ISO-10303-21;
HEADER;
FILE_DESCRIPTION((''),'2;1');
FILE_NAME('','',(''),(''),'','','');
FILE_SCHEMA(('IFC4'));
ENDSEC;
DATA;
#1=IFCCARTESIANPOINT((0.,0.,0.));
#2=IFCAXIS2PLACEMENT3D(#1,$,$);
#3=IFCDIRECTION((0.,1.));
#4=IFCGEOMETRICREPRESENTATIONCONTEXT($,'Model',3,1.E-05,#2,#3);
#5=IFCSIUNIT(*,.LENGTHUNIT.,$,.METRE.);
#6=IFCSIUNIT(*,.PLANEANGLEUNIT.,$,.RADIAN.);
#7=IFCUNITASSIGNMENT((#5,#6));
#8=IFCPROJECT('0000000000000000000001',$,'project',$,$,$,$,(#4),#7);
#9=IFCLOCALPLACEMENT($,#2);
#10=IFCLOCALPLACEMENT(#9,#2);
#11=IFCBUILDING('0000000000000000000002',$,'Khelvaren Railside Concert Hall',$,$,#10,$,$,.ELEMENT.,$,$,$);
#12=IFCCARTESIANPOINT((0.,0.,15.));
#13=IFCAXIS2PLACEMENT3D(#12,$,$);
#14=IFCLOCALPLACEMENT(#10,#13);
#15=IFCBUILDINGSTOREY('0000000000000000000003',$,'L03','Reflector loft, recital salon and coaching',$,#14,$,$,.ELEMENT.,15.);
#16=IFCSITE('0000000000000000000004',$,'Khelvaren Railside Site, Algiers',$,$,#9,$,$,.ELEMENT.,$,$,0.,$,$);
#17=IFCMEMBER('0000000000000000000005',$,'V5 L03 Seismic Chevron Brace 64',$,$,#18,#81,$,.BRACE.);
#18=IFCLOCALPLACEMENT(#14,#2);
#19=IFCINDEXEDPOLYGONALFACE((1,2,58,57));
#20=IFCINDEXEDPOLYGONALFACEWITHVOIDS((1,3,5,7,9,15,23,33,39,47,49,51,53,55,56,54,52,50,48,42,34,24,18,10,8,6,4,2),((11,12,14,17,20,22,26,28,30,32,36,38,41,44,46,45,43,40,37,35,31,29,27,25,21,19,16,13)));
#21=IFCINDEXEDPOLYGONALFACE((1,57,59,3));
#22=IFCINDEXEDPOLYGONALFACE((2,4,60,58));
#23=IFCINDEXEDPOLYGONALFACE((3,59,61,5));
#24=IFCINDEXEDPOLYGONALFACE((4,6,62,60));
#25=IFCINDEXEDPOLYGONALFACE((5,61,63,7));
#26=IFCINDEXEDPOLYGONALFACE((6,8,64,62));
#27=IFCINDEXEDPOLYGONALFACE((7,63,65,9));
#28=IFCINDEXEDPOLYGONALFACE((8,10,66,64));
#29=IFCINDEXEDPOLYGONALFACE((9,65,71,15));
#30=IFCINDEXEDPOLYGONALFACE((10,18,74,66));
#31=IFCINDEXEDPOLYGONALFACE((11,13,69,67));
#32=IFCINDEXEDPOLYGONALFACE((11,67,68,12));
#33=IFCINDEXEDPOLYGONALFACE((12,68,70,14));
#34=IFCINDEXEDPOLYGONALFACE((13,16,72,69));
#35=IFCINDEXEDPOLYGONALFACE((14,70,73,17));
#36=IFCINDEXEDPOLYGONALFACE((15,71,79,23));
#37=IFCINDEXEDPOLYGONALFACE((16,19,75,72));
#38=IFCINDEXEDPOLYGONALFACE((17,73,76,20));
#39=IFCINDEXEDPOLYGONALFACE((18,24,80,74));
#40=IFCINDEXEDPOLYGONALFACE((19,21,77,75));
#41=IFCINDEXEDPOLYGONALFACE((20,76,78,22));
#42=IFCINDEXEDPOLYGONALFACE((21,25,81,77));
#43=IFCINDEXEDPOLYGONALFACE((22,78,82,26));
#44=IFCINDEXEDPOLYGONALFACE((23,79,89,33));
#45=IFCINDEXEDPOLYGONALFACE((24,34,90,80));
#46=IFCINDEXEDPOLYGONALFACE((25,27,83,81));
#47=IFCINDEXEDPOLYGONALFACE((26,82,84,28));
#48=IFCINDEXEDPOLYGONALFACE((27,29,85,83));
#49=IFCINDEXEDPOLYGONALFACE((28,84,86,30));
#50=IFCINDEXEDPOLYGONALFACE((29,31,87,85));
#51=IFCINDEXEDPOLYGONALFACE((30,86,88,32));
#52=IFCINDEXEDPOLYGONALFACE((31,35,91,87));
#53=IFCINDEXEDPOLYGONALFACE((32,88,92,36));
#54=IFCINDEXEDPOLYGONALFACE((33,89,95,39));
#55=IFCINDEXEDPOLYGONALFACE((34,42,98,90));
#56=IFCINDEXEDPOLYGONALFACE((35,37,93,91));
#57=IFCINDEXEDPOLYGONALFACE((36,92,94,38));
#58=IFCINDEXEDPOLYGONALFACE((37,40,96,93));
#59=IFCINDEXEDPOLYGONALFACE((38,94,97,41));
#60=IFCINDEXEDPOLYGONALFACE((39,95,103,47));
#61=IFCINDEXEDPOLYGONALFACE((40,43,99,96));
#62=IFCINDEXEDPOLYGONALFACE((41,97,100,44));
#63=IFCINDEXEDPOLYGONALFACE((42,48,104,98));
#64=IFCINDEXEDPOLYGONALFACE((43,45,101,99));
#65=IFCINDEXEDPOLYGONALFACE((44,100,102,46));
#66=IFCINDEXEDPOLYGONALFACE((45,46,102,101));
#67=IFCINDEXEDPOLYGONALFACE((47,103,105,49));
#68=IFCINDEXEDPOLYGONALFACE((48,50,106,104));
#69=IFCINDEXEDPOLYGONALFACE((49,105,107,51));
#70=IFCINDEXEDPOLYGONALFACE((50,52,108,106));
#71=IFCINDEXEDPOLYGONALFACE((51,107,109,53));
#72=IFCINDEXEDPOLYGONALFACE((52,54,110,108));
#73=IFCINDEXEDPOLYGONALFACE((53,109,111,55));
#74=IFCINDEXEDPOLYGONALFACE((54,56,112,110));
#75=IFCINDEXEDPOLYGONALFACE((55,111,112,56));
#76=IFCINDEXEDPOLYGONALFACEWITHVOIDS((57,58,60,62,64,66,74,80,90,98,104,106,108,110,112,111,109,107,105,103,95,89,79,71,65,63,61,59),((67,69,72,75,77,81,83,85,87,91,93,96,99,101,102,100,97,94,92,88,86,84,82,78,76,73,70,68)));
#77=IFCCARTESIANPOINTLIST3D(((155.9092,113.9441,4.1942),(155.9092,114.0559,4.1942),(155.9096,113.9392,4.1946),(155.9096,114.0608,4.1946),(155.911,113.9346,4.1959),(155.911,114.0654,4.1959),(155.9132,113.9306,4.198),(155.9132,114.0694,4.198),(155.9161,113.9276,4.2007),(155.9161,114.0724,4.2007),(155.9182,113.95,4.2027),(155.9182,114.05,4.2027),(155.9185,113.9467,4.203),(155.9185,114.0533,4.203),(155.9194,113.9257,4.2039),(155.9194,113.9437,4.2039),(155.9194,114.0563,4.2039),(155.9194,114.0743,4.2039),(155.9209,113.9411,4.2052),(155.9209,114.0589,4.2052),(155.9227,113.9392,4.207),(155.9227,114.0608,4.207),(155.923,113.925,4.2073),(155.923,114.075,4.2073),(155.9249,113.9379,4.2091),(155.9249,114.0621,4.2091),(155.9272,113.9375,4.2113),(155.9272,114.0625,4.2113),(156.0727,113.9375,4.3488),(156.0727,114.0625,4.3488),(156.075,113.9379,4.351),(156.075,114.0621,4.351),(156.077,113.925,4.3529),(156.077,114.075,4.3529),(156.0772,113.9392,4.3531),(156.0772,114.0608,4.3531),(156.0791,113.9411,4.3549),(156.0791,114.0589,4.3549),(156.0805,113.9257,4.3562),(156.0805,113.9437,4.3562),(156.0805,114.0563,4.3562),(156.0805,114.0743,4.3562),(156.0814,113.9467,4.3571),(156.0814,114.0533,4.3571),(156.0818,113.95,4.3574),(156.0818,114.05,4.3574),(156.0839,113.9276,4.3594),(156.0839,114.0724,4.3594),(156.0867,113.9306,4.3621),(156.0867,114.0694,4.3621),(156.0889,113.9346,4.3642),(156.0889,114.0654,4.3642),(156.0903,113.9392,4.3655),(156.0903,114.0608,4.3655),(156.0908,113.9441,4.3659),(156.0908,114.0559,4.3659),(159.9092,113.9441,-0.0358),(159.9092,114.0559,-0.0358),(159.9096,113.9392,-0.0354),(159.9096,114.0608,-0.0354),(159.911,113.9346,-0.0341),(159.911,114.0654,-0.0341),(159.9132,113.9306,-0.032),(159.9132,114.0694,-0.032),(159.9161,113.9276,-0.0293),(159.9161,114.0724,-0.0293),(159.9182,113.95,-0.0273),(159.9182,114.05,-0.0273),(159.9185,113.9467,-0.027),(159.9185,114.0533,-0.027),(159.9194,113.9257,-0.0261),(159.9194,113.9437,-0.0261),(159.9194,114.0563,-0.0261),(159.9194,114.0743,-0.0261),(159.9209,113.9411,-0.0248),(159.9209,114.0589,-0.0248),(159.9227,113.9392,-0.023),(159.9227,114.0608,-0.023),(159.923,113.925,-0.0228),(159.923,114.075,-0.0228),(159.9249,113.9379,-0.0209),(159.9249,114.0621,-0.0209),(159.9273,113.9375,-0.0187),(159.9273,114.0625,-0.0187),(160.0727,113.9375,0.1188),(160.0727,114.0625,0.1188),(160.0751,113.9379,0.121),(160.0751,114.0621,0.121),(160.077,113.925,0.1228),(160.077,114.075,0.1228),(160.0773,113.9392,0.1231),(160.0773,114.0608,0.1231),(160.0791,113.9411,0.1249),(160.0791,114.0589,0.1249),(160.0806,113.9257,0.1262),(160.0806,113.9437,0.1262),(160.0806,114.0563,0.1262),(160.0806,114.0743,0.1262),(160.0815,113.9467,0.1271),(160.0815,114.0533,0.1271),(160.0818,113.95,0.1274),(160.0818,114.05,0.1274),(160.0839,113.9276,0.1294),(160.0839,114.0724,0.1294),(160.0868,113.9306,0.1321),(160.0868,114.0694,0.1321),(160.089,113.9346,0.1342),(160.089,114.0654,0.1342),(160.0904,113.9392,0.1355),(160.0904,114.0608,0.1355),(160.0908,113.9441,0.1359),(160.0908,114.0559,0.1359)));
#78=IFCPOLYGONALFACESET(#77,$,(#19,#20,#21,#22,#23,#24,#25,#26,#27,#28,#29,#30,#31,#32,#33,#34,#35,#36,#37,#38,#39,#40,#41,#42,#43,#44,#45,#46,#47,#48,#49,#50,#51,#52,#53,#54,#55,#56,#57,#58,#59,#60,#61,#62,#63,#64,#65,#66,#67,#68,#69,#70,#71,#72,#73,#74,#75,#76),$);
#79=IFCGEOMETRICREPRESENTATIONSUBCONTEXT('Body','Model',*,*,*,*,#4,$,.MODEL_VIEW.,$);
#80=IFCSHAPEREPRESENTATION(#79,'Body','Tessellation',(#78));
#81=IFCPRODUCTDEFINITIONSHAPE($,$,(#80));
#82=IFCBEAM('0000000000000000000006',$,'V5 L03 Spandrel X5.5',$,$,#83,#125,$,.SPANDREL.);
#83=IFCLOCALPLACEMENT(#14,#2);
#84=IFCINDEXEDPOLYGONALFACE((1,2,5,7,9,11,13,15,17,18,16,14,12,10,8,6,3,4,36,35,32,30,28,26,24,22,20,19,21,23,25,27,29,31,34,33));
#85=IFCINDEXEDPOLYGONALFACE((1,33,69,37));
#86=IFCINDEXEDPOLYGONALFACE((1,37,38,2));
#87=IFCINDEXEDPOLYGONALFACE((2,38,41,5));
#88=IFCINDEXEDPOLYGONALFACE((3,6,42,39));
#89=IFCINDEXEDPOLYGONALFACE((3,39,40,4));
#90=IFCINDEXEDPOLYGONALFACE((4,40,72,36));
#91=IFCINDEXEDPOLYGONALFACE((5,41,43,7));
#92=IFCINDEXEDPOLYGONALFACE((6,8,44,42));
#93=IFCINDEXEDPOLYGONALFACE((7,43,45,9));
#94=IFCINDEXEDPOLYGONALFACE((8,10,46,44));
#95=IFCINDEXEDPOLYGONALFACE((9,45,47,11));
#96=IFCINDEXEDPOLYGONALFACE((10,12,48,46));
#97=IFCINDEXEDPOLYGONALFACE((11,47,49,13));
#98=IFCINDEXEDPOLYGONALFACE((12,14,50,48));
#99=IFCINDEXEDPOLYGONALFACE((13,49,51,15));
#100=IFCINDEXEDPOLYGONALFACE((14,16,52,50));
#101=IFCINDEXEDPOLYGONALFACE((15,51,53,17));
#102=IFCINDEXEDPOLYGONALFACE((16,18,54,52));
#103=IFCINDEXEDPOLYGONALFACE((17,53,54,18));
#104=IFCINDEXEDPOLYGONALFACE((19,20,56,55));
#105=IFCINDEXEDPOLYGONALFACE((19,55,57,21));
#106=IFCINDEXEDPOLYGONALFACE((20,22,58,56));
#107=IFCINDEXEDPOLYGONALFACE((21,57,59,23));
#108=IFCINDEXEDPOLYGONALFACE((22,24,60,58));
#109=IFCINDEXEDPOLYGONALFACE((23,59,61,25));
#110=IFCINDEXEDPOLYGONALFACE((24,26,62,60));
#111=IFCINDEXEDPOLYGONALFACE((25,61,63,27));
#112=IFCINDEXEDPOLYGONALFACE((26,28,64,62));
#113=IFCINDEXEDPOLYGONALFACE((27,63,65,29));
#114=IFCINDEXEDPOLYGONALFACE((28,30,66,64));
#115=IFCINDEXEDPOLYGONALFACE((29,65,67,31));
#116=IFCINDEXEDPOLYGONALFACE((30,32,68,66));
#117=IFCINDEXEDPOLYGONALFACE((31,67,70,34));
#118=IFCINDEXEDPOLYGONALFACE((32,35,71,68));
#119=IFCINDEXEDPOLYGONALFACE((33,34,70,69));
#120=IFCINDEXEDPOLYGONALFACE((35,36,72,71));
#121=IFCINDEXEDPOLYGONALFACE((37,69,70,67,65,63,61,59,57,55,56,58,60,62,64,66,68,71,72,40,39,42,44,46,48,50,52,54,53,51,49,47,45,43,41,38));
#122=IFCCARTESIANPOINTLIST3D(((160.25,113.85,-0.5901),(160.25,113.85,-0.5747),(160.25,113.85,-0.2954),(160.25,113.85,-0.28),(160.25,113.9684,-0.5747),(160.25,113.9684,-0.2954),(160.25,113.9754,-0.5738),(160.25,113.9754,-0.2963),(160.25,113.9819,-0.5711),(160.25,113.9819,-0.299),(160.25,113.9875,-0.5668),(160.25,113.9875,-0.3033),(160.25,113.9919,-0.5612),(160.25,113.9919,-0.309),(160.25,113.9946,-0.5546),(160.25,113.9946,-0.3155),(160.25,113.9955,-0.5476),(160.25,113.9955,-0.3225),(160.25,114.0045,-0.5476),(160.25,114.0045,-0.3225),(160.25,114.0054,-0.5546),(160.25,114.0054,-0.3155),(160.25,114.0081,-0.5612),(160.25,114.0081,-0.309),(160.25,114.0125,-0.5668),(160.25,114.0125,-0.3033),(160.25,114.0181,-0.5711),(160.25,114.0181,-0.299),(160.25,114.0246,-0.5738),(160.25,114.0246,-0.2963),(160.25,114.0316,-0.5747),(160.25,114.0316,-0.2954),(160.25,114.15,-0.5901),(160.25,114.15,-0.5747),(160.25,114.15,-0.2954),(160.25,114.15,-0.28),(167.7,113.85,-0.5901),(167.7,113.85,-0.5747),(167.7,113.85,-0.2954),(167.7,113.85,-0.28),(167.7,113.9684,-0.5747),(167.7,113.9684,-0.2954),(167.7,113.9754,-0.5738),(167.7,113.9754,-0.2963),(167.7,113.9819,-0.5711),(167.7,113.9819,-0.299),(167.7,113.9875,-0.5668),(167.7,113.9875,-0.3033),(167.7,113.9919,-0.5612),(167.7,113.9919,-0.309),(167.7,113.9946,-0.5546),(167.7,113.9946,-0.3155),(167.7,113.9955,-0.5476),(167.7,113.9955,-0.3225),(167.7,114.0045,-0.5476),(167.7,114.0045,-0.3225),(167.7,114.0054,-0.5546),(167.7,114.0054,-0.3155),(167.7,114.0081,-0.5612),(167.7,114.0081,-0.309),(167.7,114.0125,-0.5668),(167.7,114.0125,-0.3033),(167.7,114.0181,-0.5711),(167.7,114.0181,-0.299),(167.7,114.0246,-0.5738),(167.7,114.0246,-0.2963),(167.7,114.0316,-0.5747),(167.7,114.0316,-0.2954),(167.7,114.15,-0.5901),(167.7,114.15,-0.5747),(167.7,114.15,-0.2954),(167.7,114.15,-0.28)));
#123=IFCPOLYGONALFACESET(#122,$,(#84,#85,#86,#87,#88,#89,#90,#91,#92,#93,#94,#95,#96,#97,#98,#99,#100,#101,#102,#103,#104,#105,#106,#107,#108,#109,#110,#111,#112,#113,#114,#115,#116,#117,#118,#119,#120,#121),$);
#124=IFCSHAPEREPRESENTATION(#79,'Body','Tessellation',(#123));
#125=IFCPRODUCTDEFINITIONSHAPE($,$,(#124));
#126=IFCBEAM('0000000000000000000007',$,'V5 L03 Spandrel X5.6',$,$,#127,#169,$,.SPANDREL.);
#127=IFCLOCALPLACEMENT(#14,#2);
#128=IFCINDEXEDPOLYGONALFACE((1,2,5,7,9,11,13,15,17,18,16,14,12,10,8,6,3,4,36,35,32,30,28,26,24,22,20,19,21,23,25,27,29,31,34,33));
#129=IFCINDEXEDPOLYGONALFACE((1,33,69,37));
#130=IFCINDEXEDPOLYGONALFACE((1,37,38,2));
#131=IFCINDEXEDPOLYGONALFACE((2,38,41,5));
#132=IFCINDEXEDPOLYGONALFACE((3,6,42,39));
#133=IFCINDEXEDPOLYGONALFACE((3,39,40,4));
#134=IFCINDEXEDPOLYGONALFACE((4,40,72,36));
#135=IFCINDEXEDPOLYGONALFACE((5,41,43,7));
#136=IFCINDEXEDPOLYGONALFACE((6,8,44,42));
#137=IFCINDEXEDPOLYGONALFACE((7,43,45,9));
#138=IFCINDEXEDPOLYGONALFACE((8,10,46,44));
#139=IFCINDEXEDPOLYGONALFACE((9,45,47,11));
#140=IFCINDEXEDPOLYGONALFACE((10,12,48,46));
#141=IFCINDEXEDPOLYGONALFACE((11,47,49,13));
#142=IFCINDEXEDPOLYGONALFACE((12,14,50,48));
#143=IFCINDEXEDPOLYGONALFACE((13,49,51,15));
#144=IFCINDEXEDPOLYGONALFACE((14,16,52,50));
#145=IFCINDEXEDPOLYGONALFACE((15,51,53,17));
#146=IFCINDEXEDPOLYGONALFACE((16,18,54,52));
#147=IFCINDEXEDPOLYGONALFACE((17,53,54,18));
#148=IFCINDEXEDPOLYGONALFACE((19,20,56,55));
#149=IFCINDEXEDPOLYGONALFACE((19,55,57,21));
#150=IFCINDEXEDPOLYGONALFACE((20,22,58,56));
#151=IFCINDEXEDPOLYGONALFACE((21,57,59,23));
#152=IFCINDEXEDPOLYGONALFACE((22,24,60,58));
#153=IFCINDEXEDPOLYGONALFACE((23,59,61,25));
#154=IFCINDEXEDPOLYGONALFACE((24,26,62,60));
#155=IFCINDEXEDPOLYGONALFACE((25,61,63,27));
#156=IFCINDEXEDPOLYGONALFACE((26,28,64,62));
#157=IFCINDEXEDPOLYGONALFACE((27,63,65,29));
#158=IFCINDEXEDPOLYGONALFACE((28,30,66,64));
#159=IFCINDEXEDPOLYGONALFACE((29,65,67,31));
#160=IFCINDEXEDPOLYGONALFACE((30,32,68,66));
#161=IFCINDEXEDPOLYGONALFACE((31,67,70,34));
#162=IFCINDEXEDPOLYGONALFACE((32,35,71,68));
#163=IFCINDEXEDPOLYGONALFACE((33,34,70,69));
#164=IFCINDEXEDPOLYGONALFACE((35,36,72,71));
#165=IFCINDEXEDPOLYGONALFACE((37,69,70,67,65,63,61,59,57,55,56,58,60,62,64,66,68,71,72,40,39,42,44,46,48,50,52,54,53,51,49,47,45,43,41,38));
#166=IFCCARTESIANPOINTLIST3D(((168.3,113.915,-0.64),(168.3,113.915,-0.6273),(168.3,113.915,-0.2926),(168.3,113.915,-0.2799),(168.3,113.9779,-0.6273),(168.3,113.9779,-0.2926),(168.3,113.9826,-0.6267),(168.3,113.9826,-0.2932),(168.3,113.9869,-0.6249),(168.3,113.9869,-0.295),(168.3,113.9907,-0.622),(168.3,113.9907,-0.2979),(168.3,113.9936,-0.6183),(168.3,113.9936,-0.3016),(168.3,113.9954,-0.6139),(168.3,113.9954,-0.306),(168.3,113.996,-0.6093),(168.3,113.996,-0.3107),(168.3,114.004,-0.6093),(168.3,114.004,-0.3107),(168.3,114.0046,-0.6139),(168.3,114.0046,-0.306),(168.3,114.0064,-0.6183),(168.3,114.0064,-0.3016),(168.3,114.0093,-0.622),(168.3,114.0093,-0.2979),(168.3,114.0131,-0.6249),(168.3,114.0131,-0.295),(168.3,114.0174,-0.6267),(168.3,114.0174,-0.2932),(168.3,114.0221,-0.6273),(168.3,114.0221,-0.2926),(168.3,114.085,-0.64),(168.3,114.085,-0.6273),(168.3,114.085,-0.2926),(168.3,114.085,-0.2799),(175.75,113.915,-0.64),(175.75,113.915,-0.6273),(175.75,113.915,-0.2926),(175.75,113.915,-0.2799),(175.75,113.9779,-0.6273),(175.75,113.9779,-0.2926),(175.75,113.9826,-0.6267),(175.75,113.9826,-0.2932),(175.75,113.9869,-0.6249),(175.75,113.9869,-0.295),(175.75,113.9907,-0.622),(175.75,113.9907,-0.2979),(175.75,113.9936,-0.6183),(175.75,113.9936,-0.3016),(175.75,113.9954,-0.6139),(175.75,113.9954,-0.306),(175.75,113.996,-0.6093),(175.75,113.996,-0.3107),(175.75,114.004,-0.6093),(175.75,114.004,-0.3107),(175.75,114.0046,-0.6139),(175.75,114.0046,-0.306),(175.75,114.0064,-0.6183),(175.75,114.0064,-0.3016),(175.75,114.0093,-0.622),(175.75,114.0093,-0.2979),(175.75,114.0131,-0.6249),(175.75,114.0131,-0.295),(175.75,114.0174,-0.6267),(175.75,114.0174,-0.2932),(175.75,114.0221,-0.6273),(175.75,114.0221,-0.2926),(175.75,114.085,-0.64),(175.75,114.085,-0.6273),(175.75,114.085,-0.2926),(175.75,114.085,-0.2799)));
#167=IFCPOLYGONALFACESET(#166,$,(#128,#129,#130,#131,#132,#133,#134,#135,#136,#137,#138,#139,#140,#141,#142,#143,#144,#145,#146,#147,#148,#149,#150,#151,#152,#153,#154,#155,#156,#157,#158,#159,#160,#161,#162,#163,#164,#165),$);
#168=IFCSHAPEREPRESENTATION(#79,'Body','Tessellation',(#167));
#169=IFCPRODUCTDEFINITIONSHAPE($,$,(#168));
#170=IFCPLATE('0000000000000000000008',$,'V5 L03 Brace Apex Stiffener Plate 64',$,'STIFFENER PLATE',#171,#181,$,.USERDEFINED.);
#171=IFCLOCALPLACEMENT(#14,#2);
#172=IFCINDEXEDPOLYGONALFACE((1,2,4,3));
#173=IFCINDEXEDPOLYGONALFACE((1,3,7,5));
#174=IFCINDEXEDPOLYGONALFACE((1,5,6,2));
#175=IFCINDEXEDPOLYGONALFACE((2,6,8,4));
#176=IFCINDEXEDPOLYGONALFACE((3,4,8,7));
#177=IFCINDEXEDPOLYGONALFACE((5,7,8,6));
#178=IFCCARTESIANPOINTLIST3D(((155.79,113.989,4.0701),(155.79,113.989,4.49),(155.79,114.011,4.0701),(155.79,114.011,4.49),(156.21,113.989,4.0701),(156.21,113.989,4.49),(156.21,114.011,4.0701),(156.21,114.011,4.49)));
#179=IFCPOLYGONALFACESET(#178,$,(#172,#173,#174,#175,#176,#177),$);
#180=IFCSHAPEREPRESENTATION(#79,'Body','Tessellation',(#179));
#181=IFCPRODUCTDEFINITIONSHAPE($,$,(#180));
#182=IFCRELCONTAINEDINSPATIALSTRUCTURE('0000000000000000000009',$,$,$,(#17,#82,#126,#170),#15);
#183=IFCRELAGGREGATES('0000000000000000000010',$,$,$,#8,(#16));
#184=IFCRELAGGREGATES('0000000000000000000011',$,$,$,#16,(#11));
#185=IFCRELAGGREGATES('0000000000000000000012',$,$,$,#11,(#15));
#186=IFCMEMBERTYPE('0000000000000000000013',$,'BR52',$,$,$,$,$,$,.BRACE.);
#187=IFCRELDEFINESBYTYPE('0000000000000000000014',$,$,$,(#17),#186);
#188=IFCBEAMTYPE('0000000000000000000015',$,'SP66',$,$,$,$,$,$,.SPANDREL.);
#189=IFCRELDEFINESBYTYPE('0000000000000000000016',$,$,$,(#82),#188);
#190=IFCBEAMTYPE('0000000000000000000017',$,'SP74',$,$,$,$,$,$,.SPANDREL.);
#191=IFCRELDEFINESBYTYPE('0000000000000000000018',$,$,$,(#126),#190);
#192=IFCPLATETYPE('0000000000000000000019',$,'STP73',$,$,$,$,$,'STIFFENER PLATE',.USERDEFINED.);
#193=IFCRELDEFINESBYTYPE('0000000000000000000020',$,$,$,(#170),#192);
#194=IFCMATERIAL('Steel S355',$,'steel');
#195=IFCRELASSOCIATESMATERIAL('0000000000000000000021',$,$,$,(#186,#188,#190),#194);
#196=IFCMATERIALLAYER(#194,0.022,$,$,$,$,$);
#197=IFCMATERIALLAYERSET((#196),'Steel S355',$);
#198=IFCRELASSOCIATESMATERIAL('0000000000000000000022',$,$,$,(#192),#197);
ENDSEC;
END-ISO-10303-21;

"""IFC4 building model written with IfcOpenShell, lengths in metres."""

from ifc_helpers import new_model, si_unit, direction, frame, origin, origin_2d, place, context, subcontext, project, spatial, rectangle, hollow_rectangle, i_section, extrude, material, layer, layer_set, material_profile, profile_set, type_object, element, save


model = new_model("IFC4")

# Units and contexts
model_context = context("Model", 3, precision=1e-05, world=origin(), true_north=direction((0.0, 1.0)))
body_context = subcontext(model_context, "Body", "Model", "MODEL_VIEW")
ifc_project = project(units=[si_unit("LENGTHUNIT", "METRE"), si_unit("PLANEANGLEUNIT", "RADIAN")], contexts=[model_context])

# Site, building, storey
site_placement = place(None, origin())
site = spatial("IfcSite", under=ifc_project, at=site_placement, Name="Khelvaren Railside Site, Algiers", CompositionType="ELEMENT", RefElevation=0.0)
building_placement = place(site_placement, origin())
building = spatial("IfcBuilding", under=site, at=building_placement, Name="Khelvaren Railside Concert Hall", CompositionType="ELEMENT")
storey_placement = place(building_placement, frame((0.0, 0.0, 15.0)))
storey = spatial("IfcBuildingStorey", under=building, at=storey_placement, Name="L03", Description="Reflector loft, recital salon and coaching", CompositionType="ELEMENT", Elevation=15.0)

# Shared definitions
ifc_material_1 = material(Name="Steel S355", Category="steel")

# Member
ifc_material_profile_1 = material_profile(ifc_material_1, hollow_rectangle(XDim=0.1499, YDim=0.25, WallThickness=0.0125, InnerFilletRadius=0.0125, OuterFilletRadius=0.019, at=origin_2d()), Name="RHS 250x150x12.5")
ifc_profile_set_1 = profile_set([ifc_material_profile_1], Name="Steel S355")
member_type = type_object("IfcMemberType", Name="BR52", PredefinedType="BRACE", material=ifc_profile_set_1)
member_placement = place(storey_placement, frame((160.0, 114.0, 0.05), z_axis=(-0.687079, 0.0, 0.726583), x_axis=(0.0, -1.0, 0.0)))
element("IfcMember", 1, at=member_placement, inside=storey, type_object=member_type, Name="V5 L03 Seismic Chevron Brace 64", PredefinedType="BRACE", context=body_context, shape_type="SweptSolid", body=[
    extrude(hollow_rectangle(XDim=0.1499, YDim=0.25, WallThickness=0.0125, InnerFilletRadius=0.0125, OuterFilletRadius=0.019, at=origin_2d()), origin(), (0.0, 0.0, 1.0), 5.8218),
])

# Beams
ifc_material_profile_2 = material_profile(ifc_material_1, i_section(OverallWidth=0.3, OverallDepth=0.3101, WebThickness=0.009, FlangeThickness=0.0154, FilletRadius=0.0271, at=origin_2d()), Name="HEA 320")
ifc_profile_set_2 = profile_set([ifc_material_profile_2], Name="Steel S355")
beam_type_1 = type_object("IfcBeamType", Name="SP66", PredefinedType="SPANDREL", material=ifc_profile_set_2)
beam_1_placement = place(storey_placement, frame((160.25, 114.0, -0.4351), z_axis=(1.0, 0.0, 0.0), x_axis=(0.0, 1.0, 0.0)))
element("IfcBeam", 2, at=beam_1_placement, inside=storey, type_object=beam_type_1, Name="V5 L03 Spandrel X5.5", PredefinedType="SPANDREL", context=body_context, shape_type="SweptSolid", body=[
    extrude(i_section(OverallWidth=0.3, OverallDepth=0.3101, WebThickness=0.009, FlangeThickness=0.0154, FilletRadius=0.0271, at=origin_2d()), origin(), (0.0, 0.0, 1.0), 7.45),
])
ifc_material_profile_3 = material_profile(ifc_material_1, i_section(OverallWidth=0.1699, OverallDepth=0.3601, WebThickness=0.0081, FlangeThickness=0.0127, FilletRadius=0.0181, at=origin_2d()), Name="IPE 360")
ifc_profile_set_3 = profile_set([ifc_material_profile_3], Name="Steel S355")
beam_type_2 = type_object("IfcBeamType", Name="SP74", PredefinedType="SPANDREL", material=ifc_profile_set_3)
beam_2_placement = place(storey_placement, frame((168.3, 114.0, -0.46), z_axis=(1.0, 0.0, 0.0), x_axis=(0.0, 1.0, 0.0)))
element("IfcBeam", 3, at=beam_2_placement, inside=storey, type_object=beam_type_2, Name="V5 L03 Spandrel X5.6", PredefinedType="SPANDREL", context=body_context, shape_type="SweptSolid", body=[
    extrude(i_section(OverallWidth=0.1699, OverallDepth=0.3601, WebThickness=0.0081, FlangeThickness=0.0127, FilletRadius=0.0181, at=origin_2d()), origin(), (0.0, 0.0, 1.0), 7.45),
])

# Plate
ifc_layer_1 = layer(ifc_material_1, 0.022)
ifc_layer_set_1 = layer_set([ifc_layer_1], Name="Steel S355")
plate_type = type_object("IfcPlateType", Name="STP73", ElementType="STIFFENER PLATE", PredefinedType="USERDEFINED", material=ifc_layer_set_1)
plate_placement = place(storey_placement, frame((156.0, 114.0, 4.0701), z_axis=(0.0, 0.0, 1.0), x_axis=(1.0, 0.0, 0.0)))
element("IfcPlate", 4, at=plate_placement, inside=storey, type_object=plate_type, Name="V5 L03 Brace Apex Stiffener Plate 64", ObjectType="STIFFENER PLATE", PredefinedType="USERDEFINED", context=body_context, shape_type="SweptSolid", body=[
    extrude(rectangle(XDim=0.4199, YDim=0.022, at=origin_2d()), origin(), (0.0, 0.0, 1.0), 0.4199),
])

save(model, "model.ifc")
